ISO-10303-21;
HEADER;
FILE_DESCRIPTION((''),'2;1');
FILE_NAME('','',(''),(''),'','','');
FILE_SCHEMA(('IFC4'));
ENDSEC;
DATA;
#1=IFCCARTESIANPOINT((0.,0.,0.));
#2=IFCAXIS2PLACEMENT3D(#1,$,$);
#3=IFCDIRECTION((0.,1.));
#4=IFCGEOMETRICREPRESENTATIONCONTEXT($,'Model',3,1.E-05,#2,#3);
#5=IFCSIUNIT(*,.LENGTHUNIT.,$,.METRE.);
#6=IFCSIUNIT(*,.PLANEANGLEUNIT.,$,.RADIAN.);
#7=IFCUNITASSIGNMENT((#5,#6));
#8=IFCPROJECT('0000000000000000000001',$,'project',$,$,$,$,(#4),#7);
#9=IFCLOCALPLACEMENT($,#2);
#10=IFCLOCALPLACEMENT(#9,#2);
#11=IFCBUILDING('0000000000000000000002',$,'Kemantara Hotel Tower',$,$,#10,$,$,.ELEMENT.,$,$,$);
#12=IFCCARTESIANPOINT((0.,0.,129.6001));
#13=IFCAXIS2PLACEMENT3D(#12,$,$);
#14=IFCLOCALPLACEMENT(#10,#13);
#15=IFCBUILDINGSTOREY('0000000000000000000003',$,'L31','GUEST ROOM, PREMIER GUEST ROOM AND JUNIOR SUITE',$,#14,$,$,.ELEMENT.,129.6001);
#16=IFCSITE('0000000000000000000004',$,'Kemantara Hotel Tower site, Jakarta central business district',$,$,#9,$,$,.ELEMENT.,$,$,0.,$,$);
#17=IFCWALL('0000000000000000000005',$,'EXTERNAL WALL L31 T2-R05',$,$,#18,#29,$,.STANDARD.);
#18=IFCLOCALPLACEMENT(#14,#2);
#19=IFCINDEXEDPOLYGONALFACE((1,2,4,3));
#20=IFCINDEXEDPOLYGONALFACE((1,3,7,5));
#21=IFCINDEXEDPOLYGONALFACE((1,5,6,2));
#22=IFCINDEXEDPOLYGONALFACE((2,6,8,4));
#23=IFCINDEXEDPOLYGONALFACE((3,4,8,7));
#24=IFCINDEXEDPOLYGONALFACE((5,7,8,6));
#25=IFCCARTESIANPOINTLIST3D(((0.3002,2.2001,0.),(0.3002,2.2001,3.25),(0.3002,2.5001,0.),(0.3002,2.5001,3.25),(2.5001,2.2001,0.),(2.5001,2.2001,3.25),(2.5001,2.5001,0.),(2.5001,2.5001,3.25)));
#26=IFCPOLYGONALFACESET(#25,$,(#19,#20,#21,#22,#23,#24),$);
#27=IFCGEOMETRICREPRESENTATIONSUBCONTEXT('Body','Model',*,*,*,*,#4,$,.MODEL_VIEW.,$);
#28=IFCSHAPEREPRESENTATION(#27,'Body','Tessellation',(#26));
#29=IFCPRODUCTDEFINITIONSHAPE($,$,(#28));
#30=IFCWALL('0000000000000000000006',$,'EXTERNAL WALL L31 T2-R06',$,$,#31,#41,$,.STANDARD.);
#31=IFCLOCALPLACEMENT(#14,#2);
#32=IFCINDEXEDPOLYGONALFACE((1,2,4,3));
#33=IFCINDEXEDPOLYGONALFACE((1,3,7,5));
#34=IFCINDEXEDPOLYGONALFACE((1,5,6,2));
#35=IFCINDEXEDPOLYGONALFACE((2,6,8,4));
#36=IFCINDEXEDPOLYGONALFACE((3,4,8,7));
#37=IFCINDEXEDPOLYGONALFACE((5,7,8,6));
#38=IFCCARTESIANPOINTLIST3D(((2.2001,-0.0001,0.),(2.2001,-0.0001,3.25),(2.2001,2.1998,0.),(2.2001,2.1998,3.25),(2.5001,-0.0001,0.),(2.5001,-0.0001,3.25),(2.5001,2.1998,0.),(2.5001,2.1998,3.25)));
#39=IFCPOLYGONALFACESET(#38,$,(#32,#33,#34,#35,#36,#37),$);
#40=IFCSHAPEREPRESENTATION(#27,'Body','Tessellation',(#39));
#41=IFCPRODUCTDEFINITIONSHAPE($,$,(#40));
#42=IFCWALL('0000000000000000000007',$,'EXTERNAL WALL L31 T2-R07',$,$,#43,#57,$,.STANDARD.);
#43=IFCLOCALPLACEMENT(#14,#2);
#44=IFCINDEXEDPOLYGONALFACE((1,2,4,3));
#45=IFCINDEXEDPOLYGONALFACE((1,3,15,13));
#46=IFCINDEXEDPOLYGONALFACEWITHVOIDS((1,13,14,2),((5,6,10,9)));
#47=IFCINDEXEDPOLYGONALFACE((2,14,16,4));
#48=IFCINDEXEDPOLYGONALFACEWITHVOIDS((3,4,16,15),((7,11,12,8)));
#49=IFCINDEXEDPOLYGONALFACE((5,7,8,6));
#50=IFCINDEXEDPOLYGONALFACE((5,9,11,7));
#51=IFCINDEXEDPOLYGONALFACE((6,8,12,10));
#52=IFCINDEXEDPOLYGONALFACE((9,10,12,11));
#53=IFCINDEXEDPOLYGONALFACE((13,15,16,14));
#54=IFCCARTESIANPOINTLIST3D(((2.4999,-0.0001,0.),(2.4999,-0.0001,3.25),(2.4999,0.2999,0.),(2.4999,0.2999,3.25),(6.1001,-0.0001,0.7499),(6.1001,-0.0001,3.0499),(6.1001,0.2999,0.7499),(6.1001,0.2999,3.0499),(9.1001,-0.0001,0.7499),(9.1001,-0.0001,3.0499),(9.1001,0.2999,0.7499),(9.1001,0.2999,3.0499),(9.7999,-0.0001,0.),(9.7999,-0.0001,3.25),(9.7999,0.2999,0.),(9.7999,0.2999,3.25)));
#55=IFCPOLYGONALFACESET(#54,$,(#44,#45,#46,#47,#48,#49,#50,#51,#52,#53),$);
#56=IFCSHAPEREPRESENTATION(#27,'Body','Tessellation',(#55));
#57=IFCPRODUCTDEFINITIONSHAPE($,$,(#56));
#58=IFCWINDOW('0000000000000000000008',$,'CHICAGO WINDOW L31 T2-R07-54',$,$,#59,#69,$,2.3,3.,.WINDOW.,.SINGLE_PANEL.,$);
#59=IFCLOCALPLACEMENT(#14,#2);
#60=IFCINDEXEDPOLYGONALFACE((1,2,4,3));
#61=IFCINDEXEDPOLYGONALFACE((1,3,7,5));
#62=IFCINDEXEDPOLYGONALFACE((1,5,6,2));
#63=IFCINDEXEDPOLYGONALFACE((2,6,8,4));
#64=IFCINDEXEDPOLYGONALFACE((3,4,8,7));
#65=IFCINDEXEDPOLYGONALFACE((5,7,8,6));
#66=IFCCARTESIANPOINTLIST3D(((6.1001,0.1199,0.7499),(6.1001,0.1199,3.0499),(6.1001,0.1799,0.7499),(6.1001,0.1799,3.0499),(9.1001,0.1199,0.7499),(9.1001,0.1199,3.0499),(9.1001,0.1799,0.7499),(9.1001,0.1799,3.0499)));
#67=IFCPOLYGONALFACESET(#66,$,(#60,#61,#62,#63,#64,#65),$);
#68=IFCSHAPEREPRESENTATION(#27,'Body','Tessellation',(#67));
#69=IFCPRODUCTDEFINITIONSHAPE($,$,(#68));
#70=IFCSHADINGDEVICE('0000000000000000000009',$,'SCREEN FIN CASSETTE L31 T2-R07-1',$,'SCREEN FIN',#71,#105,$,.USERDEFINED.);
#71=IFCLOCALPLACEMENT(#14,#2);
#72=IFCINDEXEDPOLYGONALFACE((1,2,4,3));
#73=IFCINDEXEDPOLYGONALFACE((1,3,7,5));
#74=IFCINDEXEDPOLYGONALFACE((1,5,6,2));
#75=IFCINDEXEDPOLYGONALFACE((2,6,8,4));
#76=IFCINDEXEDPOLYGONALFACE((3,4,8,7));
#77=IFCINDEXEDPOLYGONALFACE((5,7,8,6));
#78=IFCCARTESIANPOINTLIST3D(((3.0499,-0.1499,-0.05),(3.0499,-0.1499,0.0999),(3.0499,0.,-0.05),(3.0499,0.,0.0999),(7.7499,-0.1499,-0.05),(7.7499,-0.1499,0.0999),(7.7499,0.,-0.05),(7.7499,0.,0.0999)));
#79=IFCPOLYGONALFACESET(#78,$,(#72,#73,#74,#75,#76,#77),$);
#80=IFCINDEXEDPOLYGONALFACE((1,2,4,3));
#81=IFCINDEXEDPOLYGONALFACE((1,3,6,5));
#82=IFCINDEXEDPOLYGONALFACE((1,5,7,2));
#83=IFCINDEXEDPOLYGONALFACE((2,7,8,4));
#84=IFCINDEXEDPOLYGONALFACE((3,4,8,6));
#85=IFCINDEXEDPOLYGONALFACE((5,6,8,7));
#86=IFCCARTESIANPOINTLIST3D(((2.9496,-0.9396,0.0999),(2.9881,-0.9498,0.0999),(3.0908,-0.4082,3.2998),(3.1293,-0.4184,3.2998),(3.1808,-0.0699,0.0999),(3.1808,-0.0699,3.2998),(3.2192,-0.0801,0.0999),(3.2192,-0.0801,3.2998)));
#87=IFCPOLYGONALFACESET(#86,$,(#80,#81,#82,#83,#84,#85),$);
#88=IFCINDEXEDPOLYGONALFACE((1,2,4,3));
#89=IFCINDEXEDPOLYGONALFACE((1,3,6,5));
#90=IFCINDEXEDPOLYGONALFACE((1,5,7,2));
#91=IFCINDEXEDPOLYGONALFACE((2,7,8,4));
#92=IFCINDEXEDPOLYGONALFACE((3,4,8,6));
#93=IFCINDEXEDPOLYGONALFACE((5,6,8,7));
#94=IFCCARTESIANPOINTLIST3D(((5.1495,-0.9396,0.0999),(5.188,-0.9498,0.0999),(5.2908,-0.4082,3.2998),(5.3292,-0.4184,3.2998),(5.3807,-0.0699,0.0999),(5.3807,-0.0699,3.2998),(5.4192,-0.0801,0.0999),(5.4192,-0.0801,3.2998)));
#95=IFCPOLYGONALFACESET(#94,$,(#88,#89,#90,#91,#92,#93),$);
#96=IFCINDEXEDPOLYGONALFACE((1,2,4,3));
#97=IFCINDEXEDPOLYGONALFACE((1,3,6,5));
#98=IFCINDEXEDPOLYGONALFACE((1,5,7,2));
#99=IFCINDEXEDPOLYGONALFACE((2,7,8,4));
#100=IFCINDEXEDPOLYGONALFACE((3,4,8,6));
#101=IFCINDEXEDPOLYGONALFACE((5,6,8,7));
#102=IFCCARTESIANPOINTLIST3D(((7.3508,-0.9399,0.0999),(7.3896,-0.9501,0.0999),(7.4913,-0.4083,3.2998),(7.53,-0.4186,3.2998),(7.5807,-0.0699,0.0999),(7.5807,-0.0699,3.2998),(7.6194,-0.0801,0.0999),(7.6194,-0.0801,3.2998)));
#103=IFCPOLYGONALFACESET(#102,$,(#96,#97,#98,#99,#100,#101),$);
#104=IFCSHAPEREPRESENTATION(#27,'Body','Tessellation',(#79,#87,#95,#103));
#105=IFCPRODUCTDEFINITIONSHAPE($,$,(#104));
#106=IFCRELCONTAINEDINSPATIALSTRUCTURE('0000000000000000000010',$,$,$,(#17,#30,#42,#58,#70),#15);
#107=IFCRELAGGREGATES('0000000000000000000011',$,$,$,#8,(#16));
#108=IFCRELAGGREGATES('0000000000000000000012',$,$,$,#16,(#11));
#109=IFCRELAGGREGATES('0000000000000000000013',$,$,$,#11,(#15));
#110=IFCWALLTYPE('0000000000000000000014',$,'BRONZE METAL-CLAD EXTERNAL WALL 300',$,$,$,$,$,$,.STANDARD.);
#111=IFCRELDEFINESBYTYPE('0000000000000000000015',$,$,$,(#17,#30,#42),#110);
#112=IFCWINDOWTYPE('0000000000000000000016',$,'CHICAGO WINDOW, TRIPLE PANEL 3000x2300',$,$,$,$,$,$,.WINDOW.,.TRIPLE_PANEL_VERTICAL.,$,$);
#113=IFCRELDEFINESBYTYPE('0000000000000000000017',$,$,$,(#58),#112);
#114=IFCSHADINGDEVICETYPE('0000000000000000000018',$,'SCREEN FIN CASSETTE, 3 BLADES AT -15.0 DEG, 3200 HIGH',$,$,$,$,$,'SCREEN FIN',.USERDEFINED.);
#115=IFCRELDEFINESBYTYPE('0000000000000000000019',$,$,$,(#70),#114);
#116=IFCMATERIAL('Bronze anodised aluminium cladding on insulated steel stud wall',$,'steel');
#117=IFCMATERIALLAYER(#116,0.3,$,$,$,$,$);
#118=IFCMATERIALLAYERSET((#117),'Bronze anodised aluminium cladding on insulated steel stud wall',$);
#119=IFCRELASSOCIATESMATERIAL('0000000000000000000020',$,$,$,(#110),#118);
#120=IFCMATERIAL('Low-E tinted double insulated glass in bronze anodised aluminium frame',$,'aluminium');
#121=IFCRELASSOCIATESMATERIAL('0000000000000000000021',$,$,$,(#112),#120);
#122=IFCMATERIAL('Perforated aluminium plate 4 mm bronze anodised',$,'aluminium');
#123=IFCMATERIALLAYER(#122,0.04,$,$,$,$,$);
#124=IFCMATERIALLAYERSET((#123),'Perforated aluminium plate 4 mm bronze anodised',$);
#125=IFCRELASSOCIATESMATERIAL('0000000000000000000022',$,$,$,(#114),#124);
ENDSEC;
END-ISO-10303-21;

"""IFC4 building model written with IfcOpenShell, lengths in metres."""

from ifc_helpers import new_model, si_unit, direction, frame, frame_2d, origin, origin_2d, place, context, subcontext, project, spatial, polyline, rectangle, outline, extrude, source, transform, mapped, material, layer, layer_set, type_object, element, fill, save


model = new_model("IFC4")

# Units and contexts
model_context = context("Model", 3, precision=1e-05, world=origin(), true_north=direction((0.0, 1.0)))
body_context = subcontext(model_context, "Body", "Model", "MODEL_VIEW")
ifc_project = project(units=[si_unit("LENGTHUNIT", "METRE"), si_unit("PLANEANGLEUNIT", "RADIAN")], contexts=[model_context])

# Site, building, storey
site_placement = place(None, origin())
site = spatial("IfcSite", under=ifc_project, at=site_placement, Name="Kemantara Hotel Tower site, Jakarta central business district", CompositionType="ELEMENT", RefElevation=0.0)
building_placement = place(site_placement, origin())
building = spatial("IfcBuilding", under=site, at=building_placement, Name="Kemantara Hotel Tower", CompositionType="ELEMENT")
storey_placement = place(building_placement, frame((0.0, 0.0, 129.6001)))
storey = spatial("IfcBuildingStorey", under=building, at=storey_placement, Name="L31", Description="GUEST ROOM, PREMIER GUEST ROOM AND JUNIOR SUITE", CompositionType="ELEMENT", Elevation=129.6001)

# Walls
ifc_material_1 = material(Name="Bronze anodised aluminium cladding on insulated steel stud wall", Category="steel")
ifc_layer_1 = layer(ifc_material_1, 0.3)
ifc_layer_set_1 = layer_set([ifc_layer_1], Name="Bronze anodised aluminium cladding on insulated steel stud wall")
wall_type = type_object("IfcWallType", Name="BRONZE METAL-CLAD EXTERNAL WALL 300", PredefinedType="STANDARD", material=ifc_layer_set_1)
for number, where, z_axis, x_axis, name in (
    (1, (0.3, 2.3501, 0.0), (0.0, 0.0, 1.0), (1.0, 0.0, 0.0), "EXTERNAL WALL L31 T2-R05"),
    (2, (2.3501, 2.2, 0.0), (0.0, 0.0, 1.0), (0.0, -1.0, 0.0), "EXTERNAL WALL L31 T2-R06"),
):
    element("IfcWall", number, at=place(storey_placement, frame(where, z_axis=z_axis, x_axis=x_axis)), inside=storey, type_object=wall_type, Name=name, PredefinedType="STANDARD", context=body_context, shape_type="SweptSolid", body=[
        extrude(rectangle(XDim=2.2, YDim=0.3, at=frame_2d((1.1001, 0.0))), origin(), (0.0, 0.0, 1.0), 3.25),
    ])

# Wall, opening, window
wall_placement = place(storey_placement, frame((2.5, 0.1499, 0.0), z_axis=(0.0, 0.0, 1.0), x_axis=(1.0, 0.0, 0.0)))
wall = element("IfcWall", 3, at=wall_placement, inside=storey, type_object=wall_type, Name="EXTERNAL WALL L31 T2-R07", PredefinedType="STANDARD", context=body_context, shape_type="SweptSolid", body=[
    extrude(rectangle(XDim=7.3, YDim=0.3, at=frame_2d((3.6499, 0.0))), origin(), (0.0, 0.0, 1.0), 3.25),
])
opening_placement = place(wall_placement, frame((3.6001, 0.0, 0.75)))
opening = element("IfcOpeningElement", 4, at=opening_placement, cuts=wall, PredefinedType="OPENING", context=body_context, shape_type="SweptSolid", body=[
    extrude(rectangle(XDim=3.0, YDim=2.3, at=frame_2d((1.5, 1.1499))), frame((0.0, 0.1599, 0.0), z_axis=(0.0, -1.0, 0.0), x_axis=(1.0, 0.0, 0.0)), (0.0, 0.0, 1.0), 0.3201),
])
ifc_material_2 = material(Name="Low-E tinted double insulated glass in bronze anodised aluminium frame", Category="aluminium")
window_type = type_object("IfcWindowType", Name="CHICAGO WINDOW, TRIPLE PANEL 3000x2300", PartitioningType="TRIPLE_PANEL_VERTICAL", PredefinedType="WINDOW", material=ifc_material_2)
window_placement = place(opening_placement, origin())
window = element("IfcWindow", 5, at=window_placement, inside=storey, type_object=window_type, Name="CHICAGO WINDOW L31 T2-R07-54", OverallHeight=2.3, OverallWidth=3.0, PartitioningType="SINGLE_PANEL", PredefinedType="WINDOW", context=body_context, shape_type="SweptSolid", body=[
    extrude(rectangle(XDim=3.0, YDim=2.3, at=frame_2d((1.5, 1.1499))), frame((0.0, 0.03, 0.0), z_axis=(0.0, -1.0, 0.0), x_axis=(1.0, 0.0, 0.0)), (0.0, 0.0, 1.0), 0.0601),
])
fill(opening, window)

# Shading device
ifc_material_3 = material(Name="Perforated aluminium plate 4 mm bronze anodised", Category="aluminium")
ifc_layer_2 = layer(ifc_material_3, 0.04)
ifc_layer_set_2 = layer_set([ifc_layer_2], Name="Perforated aluminium plate 4 mm bronze anodised")
shading_device_type = type_object("IfcShadingDeviceType", Name="SCREEN FIN CASSETTE, 3 BLADES AT -15.0 DEG, 3200 HIGH", ElementType="SCREEN FIN", PredefinedType="USERDEFINED", material=ifc_layer_set_2)
shared_shape = source(origin(), body_context, "Body", "SweptSolid", [
    extrude(rectangle(XDim=4.7, YDim=0.1499, at=origin_2d()), frame((2.2, -0.075, -0.1499), z_axis=(0.0, 0.0, 1.0), x_axis=(1.0, 0.0, 0.0)), (0.0, 0.0, 1.0), 0.1499),
    extrude(outline(polyline([(0.0, 0.0), (0.8999, 0.0), (0.3501, 3.2), (0.0, 3.2), (0.0, 0.0)])), frame((0.0193, -0.0801, 0.0), z_axis=(-0.966438, 0.256901, 0.0), x_axis=(-0.256901, -0.966438, 0.0)), (0.0, 0.0, 1.0), 0.0398),
    extrude(outline(polyline([(0.0, 0.0), (0.8999, 0.0), (0.3501, 3.2), (0.0, 3.2), (0.0, 0.0)])), frame((2.2192, -0.0801, 0.0), z_axis=(-0.966438, 0.256901, 0.0), x_axis=(-0.256901, -0.966438, 0.0)), (0.0, 0.0, 1.0), 0.0398),
    extrude(outline(polyline([(0.0, 0.0), (0.8999, 0.0), (0.3501, 3.2), (0.0, 3.2), (0.0, 0.0)])), frame((4.4194, -0.0801, 0.0), z_axis=(-0.966838, 0.255391, 0.0), x_axis=(-0.255391, -0.966838, 0.0)), (0.0, 0.0, 1.0), 0.04),
])
shading_device_placement = place(storey_placement, frame((3.2, 0.0, 0.0999), z_axis=(0.0, 0.0, 1.0), x_axis=(1.0, 0.0, 0.0)))
element("IfcShadingDevice", 6, at=shading_device_placement, inside=storey, type_object=shading_device_type, Name="SCREEN FIN CASSETTE L31 T2-R07-1", ObjectType="SCREEN FIN", PredefinedType="USERDEFINED", context=body_context, shape_type="MappedRepresentation", body=[
    mapped(shared_shape, transform((0.0, 0.0, 0.0))),
])

save(model, "model.ifc")
